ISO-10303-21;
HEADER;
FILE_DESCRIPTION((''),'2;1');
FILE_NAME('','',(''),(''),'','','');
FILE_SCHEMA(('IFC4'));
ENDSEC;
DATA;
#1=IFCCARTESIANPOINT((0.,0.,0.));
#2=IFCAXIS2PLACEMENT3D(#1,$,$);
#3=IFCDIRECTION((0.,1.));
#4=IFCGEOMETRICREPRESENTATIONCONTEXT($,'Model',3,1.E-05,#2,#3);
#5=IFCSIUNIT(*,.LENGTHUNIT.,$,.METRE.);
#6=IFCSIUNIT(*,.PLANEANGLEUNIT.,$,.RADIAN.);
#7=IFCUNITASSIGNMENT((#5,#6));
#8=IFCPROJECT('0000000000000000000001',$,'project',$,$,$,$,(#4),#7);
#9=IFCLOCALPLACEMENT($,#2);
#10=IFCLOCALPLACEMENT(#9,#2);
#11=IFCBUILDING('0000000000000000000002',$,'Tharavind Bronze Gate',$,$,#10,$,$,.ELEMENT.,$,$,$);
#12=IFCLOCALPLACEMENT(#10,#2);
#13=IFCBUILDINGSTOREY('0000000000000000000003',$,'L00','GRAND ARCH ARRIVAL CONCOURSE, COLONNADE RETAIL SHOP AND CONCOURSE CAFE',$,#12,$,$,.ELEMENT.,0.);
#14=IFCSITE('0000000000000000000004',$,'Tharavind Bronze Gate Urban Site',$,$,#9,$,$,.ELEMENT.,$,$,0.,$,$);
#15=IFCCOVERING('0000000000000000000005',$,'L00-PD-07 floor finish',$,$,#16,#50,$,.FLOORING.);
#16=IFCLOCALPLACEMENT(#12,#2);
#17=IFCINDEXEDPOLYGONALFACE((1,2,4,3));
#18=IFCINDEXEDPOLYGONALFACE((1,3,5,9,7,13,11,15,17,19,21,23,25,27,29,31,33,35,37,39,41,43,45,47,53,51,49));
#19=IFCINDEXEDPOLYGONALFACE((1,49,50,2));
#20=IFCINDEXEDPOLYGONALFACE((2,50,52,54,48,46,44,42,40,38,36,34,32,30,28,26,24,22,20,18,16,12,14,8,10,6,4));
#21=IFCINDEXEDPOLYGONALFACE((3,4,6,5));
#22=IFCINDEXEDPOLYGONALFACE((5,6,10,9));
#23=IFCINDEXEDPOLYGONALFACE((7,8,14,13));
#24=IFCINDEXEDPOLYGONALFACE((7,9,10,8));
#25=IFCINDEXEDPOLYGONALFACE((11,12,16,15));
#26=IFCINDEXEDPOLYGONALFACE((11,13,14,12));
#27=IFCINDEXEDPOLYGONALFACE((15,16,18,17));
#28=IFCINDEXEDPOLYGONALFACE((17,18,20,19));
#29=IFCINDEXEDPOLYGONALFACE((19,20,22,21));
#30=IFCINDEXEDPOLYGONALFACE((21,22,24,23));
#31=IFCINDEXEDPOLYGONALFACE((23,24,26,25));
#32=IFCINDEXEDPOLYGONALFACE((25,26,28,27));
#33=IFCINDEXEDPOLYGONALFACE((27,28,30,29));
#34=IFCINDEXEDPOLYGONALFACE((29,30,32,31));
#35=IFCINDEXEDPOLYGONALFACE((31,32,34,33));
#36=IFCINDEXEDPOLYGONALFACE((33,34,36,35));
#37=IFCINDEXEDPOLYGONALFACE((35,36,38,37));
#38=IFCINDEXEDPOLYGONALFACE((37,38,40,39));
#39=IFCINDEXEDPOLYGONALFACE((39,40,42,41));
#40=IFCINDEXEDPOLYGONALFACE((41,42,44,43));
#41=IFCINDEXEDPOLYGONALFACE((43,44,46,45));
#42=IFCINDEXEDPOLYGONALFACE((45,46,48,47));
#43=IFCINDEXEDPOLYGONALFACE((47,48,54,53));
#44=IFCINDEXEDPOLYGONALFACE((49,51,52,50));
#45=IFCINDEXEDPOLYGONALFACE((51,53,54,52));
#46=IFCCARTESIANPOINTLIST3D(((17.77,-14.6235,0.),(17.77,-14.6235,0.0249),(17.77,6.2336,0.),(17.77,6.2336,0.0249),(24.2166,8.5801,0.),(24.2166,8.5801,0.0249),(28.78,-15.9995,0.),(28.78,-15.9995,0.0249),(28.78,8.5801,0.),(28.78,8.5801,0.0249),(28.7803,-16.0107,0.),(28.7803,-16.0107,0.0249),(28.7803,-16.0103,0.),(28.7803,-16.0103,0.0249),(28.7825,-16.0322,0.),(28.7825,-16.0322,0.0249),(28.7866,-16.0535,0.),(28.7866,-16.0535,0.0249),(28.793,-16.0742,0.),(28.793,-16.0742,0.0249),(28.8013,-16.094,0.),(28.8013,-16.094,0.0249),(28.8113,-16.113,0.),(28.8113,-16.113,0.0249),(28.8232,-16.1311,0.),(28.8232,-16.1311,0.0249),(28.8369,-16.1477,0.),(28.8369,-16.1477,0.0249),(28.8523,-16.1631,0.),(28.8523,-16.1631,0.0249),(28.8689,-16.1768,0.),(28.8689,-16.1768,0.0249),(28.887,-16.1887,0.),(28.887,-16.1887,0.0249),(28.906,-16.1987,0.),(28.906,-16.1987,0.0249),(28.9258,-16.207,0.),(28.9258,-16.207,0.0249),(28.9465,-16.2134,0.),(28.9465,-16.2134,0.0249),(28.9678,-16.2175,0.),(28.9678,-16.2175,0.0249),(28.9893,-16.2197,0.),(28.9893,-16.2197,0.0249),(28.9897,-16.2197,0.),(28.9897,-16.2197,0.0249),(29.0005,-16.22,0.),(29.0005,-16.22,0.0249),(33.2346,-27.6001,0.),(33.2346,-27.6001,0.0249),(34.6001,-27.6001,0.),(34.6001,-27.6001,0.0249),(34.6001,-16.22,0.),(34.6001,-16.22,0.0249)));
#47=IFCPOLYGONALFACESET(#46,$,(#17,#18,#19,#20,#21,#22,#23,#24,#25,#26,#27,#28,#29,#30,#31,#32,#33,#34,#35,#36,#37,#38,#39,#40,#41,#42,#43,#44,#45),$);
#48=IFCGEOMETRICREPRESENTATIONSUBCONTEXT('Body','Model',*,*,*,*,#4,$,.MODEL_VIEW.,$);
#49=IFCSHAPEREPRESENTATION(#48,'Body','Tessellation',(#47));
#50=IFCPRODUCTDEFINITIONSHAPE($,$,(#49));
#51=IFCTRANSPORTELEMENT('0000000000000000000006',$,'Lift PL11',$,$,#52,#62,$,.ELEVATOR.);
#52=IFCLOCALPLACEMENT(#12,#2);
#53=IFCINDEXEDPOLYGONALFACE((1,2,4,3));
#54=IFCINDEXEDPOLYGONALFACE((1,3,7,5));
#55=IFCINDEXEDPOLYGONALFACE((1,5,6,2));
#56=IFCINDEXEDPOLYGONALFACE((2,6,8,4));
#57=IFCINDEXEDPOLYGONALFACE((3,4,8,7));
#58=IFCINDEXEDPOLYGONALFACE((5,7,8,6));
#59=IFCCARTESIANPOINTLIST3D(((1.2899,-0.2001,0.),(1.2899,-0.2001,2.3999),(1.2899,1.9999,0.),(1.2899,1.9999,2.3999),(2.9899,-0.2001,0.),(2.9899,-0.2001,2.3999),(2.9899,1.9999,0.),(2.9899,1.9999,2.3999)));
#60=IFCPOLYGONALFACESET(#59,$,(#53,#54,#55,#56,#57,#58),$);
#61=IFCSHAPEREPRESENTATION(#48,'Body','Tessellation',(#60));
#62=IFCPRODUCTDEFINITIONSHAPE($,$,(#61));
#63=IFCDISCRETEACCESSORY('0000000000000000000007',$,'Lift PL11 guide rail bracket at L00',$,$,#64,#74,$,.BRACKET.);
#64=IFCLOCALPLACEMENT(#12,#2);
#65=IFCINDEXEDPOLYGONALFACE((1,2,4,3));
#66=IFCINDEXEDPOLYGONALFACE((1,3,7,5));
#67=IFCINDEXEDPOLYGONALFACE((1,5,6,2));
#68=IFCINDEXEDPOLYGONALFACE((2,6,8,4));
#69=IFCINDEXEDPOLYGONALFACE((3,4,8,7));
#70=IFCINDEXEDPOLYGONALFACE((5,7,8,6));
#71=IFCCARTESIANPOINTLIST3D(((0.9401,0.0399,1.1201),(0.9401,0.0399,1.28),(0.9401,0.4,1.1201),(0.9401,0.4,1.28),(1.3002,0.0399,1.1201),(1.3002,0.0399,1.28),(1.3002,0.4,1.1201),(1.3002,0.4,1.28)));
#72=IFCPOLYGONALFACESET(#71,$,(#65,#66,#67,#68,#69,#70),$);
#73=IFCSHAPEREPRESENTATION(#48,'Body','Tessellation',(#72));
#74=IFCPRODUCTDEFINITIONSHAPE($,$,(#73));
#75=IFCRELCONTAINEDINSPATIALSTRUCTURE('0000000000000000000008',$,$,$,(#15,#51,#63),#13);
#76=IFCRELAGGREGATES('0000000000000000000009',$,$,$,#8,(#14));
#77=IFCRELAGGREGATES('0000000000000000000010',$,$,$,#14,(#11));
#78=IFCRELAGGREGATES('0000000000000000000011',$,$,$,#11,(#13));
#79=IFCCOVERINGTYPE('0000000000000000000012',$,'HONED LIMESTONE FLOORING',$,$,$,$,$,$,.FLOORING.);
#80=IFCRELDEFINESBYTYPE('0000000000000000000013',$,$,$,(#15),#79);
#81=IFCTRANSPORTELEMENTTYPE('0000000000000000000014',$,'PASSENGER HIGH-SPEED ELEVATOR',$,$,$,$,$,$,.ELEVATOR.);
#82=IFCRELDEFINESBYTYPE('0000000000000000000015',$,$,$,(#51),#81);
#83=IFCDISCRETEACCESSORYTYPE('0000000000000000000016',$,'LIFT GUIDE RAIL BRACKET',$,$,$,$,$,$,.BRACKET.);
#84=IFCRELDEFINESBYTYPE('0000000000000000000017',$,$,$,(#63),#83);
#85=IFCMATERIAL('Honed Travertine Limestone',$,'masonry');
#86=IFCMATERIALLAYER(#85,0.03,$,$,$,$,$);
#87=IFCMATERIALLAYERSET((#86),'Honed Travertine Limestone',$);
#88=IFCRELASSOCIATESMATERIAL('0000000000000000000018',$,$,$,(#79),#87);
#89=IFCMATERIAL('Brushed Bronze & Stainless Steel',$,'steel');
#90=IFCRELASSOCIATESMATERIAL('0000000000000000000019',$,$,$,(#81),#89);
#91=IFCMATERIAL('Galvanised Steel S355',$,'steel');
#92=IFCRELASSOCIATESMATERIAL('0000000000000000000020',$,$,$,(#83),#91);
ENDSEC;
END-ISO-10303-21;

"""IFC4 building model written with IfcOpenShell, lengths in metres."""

from ifc_helpers import new_model, si_unit, direction, frame, origin, origin_2d, place, context, subcontext, project, spatial, polyline, rectangle, outline, extrude, material, layer, layer_set, type_object, element, save


model = new_model("IFC4")

# Units and contexts
model_context = context("Model", 3, precision=1e-05, world=origin(), true_north=direction((0.0, 1.0)))
body_context = subcontext(model_context, "Body", "Model", "MODEL_VIEW")
ifc_project = project(units=[si_unit("LENGTHUNIT", "METRE"), si_unit("PLANEANGLEUNIT", "RADIAN")], contexts=[model_context])

# Site, building, storey
site_placement = place(None, origin())
site = spatial("IfcSite", under=ifc_project, at=site_placement, Name="Tharavind Bronze Gate Urban Site", CompositionType="ELEMENT", RefElevation=0.0)
building_placement = place(site_placement, origin())
building = spatial("IfcBuilding", under=site, at=building_placement, Name="Tharavind Bronze Gate", CompositionType="ELEMENT")
storey_placement = place(building_placement, origin())
storey = spatial("IfcBuildingStorey", under=building, at=storey_placement, Name="L00", Description="GRAND ARCH ARRIVAL CONCOURSE, COLONNADE RETAIL SHOP AND CONCOURSE CAFE", CompositionType="ELEMENT", Elevation=0.0)

# Covering
ifc_material_1 = material(Name="Honed Travertine Limestone", Category="masonry")
ifc_layer_1 = layer(ifc_material_1, 0.03)
ifc_layer_set_1 = layer_set([ifc_layer_1], Name="Honed Travertine Limestone")
covering_type_1 = type_object("IfcCoveringType", Name="HONED LIMESTONE FLOORING", PredefinedType="FLOORING", material=ifc_layer_set_1)
covering_1_placement = place(storey_placement, origin())
element("IfcCovering", 1, at=covering_1_placement, inside=storey, type_object=covering_type_1, Name="L00-PD-07 floor finish", PredefinedType="FLOORING", context=body_context, shape_type="SweptSolid", body=[
    extrude(outline(polyline([(17.77, -14.6235), (33.2346, -27.6001), (34.6001, -27.6001), (34.6001, -16.22), (29.0005, -16.22), (28.9897, -16.2197), (28.9893, -16.2197), (28.9678, -16.2175), (28.9465, -16.2134), (28.9258, -16.207), (28.906, -16.1987), (28.887, -16.1887), (28.8689, -16.1768), (28.8523, -16.1631), (28.8369, -16.1477), (28.8232, -16.1311), (28.8113, -16.113), (28.8013, -16.094), (28.793, -16.0742), (28.7866, -16.0535), (28.7825, -16.0322), (28.7803, -16.0107), (28.7803, -16.0103), (28.78, -15.9995), (28.78, 8.5801), (24.2166, 8.5801), (17.77, 6.2336), (17.77, -14.6235)])), origin(), (0.0, 0.0, 1.0), 0.0249),
])

# Transport element
ifc_material_2 = material(Name="Brushed Bronze & Stainless Steel", Category="steel")
transport_element_type = type_object("IfcTransportElementType", Name="PASSENGER HIGH-SPEED ELEVATOR", PredefinedType="ELEVATOR", material=ifc_material_2)
transport_element_placement = place(storey_placement, frame((2.1399, 0.8999, 0.0), z_axis=(0.0, 0.0, 1.0), x_axis=(1.0, 0.0, 0.0)))
element("IfcTransportElement", 2, at=transport_element_placement, inside=storey, type_object=transport_element_type, Name="Lift PL11", PredefinedType="ELEVATOR", context=body_context, shape_type="SweptSolid", body=[
    extrude(rectangle(XDim=1.7, YDim=2.2, at=origin_2d()), origin(), (0.0, 0.0, 1.0), 2.3999),
])

# Discrete accessory
ifc_material_3 = material(Name="Galvanised Steel S355", Category="steel")
discrete_accessory_type = type_object("IfcDiscreteAccessoryType", Name="LIFT GUIDE RAIL BRACKET", PredefinedType="BRACKET", material=ifc_material_3)
discrete_accessory_placement = place(storey_placement, frame((1.1201, 0.22, 1.1201), z_axis=(0.0, 0.0, 1.0), x_axis=(1.0, 0.0, 0.0)))
element("IfcDiscreteAccessory", 3, at=discrete_accessory_placement, inside=storey, type_object=discrete_accessory_type, Name="Lift PL11 guide rail bracket at L00", PredefinedType="BRACKET", context=body_context, shape_type="SweptSolid", body=[
    extrude(rectangle(XDim=0.3601, YDim=0.3601, at=origin_2d()), origin(), (0.0, 0.0, 1.0), 0.1599),
])

save(model, "model.ifc")
